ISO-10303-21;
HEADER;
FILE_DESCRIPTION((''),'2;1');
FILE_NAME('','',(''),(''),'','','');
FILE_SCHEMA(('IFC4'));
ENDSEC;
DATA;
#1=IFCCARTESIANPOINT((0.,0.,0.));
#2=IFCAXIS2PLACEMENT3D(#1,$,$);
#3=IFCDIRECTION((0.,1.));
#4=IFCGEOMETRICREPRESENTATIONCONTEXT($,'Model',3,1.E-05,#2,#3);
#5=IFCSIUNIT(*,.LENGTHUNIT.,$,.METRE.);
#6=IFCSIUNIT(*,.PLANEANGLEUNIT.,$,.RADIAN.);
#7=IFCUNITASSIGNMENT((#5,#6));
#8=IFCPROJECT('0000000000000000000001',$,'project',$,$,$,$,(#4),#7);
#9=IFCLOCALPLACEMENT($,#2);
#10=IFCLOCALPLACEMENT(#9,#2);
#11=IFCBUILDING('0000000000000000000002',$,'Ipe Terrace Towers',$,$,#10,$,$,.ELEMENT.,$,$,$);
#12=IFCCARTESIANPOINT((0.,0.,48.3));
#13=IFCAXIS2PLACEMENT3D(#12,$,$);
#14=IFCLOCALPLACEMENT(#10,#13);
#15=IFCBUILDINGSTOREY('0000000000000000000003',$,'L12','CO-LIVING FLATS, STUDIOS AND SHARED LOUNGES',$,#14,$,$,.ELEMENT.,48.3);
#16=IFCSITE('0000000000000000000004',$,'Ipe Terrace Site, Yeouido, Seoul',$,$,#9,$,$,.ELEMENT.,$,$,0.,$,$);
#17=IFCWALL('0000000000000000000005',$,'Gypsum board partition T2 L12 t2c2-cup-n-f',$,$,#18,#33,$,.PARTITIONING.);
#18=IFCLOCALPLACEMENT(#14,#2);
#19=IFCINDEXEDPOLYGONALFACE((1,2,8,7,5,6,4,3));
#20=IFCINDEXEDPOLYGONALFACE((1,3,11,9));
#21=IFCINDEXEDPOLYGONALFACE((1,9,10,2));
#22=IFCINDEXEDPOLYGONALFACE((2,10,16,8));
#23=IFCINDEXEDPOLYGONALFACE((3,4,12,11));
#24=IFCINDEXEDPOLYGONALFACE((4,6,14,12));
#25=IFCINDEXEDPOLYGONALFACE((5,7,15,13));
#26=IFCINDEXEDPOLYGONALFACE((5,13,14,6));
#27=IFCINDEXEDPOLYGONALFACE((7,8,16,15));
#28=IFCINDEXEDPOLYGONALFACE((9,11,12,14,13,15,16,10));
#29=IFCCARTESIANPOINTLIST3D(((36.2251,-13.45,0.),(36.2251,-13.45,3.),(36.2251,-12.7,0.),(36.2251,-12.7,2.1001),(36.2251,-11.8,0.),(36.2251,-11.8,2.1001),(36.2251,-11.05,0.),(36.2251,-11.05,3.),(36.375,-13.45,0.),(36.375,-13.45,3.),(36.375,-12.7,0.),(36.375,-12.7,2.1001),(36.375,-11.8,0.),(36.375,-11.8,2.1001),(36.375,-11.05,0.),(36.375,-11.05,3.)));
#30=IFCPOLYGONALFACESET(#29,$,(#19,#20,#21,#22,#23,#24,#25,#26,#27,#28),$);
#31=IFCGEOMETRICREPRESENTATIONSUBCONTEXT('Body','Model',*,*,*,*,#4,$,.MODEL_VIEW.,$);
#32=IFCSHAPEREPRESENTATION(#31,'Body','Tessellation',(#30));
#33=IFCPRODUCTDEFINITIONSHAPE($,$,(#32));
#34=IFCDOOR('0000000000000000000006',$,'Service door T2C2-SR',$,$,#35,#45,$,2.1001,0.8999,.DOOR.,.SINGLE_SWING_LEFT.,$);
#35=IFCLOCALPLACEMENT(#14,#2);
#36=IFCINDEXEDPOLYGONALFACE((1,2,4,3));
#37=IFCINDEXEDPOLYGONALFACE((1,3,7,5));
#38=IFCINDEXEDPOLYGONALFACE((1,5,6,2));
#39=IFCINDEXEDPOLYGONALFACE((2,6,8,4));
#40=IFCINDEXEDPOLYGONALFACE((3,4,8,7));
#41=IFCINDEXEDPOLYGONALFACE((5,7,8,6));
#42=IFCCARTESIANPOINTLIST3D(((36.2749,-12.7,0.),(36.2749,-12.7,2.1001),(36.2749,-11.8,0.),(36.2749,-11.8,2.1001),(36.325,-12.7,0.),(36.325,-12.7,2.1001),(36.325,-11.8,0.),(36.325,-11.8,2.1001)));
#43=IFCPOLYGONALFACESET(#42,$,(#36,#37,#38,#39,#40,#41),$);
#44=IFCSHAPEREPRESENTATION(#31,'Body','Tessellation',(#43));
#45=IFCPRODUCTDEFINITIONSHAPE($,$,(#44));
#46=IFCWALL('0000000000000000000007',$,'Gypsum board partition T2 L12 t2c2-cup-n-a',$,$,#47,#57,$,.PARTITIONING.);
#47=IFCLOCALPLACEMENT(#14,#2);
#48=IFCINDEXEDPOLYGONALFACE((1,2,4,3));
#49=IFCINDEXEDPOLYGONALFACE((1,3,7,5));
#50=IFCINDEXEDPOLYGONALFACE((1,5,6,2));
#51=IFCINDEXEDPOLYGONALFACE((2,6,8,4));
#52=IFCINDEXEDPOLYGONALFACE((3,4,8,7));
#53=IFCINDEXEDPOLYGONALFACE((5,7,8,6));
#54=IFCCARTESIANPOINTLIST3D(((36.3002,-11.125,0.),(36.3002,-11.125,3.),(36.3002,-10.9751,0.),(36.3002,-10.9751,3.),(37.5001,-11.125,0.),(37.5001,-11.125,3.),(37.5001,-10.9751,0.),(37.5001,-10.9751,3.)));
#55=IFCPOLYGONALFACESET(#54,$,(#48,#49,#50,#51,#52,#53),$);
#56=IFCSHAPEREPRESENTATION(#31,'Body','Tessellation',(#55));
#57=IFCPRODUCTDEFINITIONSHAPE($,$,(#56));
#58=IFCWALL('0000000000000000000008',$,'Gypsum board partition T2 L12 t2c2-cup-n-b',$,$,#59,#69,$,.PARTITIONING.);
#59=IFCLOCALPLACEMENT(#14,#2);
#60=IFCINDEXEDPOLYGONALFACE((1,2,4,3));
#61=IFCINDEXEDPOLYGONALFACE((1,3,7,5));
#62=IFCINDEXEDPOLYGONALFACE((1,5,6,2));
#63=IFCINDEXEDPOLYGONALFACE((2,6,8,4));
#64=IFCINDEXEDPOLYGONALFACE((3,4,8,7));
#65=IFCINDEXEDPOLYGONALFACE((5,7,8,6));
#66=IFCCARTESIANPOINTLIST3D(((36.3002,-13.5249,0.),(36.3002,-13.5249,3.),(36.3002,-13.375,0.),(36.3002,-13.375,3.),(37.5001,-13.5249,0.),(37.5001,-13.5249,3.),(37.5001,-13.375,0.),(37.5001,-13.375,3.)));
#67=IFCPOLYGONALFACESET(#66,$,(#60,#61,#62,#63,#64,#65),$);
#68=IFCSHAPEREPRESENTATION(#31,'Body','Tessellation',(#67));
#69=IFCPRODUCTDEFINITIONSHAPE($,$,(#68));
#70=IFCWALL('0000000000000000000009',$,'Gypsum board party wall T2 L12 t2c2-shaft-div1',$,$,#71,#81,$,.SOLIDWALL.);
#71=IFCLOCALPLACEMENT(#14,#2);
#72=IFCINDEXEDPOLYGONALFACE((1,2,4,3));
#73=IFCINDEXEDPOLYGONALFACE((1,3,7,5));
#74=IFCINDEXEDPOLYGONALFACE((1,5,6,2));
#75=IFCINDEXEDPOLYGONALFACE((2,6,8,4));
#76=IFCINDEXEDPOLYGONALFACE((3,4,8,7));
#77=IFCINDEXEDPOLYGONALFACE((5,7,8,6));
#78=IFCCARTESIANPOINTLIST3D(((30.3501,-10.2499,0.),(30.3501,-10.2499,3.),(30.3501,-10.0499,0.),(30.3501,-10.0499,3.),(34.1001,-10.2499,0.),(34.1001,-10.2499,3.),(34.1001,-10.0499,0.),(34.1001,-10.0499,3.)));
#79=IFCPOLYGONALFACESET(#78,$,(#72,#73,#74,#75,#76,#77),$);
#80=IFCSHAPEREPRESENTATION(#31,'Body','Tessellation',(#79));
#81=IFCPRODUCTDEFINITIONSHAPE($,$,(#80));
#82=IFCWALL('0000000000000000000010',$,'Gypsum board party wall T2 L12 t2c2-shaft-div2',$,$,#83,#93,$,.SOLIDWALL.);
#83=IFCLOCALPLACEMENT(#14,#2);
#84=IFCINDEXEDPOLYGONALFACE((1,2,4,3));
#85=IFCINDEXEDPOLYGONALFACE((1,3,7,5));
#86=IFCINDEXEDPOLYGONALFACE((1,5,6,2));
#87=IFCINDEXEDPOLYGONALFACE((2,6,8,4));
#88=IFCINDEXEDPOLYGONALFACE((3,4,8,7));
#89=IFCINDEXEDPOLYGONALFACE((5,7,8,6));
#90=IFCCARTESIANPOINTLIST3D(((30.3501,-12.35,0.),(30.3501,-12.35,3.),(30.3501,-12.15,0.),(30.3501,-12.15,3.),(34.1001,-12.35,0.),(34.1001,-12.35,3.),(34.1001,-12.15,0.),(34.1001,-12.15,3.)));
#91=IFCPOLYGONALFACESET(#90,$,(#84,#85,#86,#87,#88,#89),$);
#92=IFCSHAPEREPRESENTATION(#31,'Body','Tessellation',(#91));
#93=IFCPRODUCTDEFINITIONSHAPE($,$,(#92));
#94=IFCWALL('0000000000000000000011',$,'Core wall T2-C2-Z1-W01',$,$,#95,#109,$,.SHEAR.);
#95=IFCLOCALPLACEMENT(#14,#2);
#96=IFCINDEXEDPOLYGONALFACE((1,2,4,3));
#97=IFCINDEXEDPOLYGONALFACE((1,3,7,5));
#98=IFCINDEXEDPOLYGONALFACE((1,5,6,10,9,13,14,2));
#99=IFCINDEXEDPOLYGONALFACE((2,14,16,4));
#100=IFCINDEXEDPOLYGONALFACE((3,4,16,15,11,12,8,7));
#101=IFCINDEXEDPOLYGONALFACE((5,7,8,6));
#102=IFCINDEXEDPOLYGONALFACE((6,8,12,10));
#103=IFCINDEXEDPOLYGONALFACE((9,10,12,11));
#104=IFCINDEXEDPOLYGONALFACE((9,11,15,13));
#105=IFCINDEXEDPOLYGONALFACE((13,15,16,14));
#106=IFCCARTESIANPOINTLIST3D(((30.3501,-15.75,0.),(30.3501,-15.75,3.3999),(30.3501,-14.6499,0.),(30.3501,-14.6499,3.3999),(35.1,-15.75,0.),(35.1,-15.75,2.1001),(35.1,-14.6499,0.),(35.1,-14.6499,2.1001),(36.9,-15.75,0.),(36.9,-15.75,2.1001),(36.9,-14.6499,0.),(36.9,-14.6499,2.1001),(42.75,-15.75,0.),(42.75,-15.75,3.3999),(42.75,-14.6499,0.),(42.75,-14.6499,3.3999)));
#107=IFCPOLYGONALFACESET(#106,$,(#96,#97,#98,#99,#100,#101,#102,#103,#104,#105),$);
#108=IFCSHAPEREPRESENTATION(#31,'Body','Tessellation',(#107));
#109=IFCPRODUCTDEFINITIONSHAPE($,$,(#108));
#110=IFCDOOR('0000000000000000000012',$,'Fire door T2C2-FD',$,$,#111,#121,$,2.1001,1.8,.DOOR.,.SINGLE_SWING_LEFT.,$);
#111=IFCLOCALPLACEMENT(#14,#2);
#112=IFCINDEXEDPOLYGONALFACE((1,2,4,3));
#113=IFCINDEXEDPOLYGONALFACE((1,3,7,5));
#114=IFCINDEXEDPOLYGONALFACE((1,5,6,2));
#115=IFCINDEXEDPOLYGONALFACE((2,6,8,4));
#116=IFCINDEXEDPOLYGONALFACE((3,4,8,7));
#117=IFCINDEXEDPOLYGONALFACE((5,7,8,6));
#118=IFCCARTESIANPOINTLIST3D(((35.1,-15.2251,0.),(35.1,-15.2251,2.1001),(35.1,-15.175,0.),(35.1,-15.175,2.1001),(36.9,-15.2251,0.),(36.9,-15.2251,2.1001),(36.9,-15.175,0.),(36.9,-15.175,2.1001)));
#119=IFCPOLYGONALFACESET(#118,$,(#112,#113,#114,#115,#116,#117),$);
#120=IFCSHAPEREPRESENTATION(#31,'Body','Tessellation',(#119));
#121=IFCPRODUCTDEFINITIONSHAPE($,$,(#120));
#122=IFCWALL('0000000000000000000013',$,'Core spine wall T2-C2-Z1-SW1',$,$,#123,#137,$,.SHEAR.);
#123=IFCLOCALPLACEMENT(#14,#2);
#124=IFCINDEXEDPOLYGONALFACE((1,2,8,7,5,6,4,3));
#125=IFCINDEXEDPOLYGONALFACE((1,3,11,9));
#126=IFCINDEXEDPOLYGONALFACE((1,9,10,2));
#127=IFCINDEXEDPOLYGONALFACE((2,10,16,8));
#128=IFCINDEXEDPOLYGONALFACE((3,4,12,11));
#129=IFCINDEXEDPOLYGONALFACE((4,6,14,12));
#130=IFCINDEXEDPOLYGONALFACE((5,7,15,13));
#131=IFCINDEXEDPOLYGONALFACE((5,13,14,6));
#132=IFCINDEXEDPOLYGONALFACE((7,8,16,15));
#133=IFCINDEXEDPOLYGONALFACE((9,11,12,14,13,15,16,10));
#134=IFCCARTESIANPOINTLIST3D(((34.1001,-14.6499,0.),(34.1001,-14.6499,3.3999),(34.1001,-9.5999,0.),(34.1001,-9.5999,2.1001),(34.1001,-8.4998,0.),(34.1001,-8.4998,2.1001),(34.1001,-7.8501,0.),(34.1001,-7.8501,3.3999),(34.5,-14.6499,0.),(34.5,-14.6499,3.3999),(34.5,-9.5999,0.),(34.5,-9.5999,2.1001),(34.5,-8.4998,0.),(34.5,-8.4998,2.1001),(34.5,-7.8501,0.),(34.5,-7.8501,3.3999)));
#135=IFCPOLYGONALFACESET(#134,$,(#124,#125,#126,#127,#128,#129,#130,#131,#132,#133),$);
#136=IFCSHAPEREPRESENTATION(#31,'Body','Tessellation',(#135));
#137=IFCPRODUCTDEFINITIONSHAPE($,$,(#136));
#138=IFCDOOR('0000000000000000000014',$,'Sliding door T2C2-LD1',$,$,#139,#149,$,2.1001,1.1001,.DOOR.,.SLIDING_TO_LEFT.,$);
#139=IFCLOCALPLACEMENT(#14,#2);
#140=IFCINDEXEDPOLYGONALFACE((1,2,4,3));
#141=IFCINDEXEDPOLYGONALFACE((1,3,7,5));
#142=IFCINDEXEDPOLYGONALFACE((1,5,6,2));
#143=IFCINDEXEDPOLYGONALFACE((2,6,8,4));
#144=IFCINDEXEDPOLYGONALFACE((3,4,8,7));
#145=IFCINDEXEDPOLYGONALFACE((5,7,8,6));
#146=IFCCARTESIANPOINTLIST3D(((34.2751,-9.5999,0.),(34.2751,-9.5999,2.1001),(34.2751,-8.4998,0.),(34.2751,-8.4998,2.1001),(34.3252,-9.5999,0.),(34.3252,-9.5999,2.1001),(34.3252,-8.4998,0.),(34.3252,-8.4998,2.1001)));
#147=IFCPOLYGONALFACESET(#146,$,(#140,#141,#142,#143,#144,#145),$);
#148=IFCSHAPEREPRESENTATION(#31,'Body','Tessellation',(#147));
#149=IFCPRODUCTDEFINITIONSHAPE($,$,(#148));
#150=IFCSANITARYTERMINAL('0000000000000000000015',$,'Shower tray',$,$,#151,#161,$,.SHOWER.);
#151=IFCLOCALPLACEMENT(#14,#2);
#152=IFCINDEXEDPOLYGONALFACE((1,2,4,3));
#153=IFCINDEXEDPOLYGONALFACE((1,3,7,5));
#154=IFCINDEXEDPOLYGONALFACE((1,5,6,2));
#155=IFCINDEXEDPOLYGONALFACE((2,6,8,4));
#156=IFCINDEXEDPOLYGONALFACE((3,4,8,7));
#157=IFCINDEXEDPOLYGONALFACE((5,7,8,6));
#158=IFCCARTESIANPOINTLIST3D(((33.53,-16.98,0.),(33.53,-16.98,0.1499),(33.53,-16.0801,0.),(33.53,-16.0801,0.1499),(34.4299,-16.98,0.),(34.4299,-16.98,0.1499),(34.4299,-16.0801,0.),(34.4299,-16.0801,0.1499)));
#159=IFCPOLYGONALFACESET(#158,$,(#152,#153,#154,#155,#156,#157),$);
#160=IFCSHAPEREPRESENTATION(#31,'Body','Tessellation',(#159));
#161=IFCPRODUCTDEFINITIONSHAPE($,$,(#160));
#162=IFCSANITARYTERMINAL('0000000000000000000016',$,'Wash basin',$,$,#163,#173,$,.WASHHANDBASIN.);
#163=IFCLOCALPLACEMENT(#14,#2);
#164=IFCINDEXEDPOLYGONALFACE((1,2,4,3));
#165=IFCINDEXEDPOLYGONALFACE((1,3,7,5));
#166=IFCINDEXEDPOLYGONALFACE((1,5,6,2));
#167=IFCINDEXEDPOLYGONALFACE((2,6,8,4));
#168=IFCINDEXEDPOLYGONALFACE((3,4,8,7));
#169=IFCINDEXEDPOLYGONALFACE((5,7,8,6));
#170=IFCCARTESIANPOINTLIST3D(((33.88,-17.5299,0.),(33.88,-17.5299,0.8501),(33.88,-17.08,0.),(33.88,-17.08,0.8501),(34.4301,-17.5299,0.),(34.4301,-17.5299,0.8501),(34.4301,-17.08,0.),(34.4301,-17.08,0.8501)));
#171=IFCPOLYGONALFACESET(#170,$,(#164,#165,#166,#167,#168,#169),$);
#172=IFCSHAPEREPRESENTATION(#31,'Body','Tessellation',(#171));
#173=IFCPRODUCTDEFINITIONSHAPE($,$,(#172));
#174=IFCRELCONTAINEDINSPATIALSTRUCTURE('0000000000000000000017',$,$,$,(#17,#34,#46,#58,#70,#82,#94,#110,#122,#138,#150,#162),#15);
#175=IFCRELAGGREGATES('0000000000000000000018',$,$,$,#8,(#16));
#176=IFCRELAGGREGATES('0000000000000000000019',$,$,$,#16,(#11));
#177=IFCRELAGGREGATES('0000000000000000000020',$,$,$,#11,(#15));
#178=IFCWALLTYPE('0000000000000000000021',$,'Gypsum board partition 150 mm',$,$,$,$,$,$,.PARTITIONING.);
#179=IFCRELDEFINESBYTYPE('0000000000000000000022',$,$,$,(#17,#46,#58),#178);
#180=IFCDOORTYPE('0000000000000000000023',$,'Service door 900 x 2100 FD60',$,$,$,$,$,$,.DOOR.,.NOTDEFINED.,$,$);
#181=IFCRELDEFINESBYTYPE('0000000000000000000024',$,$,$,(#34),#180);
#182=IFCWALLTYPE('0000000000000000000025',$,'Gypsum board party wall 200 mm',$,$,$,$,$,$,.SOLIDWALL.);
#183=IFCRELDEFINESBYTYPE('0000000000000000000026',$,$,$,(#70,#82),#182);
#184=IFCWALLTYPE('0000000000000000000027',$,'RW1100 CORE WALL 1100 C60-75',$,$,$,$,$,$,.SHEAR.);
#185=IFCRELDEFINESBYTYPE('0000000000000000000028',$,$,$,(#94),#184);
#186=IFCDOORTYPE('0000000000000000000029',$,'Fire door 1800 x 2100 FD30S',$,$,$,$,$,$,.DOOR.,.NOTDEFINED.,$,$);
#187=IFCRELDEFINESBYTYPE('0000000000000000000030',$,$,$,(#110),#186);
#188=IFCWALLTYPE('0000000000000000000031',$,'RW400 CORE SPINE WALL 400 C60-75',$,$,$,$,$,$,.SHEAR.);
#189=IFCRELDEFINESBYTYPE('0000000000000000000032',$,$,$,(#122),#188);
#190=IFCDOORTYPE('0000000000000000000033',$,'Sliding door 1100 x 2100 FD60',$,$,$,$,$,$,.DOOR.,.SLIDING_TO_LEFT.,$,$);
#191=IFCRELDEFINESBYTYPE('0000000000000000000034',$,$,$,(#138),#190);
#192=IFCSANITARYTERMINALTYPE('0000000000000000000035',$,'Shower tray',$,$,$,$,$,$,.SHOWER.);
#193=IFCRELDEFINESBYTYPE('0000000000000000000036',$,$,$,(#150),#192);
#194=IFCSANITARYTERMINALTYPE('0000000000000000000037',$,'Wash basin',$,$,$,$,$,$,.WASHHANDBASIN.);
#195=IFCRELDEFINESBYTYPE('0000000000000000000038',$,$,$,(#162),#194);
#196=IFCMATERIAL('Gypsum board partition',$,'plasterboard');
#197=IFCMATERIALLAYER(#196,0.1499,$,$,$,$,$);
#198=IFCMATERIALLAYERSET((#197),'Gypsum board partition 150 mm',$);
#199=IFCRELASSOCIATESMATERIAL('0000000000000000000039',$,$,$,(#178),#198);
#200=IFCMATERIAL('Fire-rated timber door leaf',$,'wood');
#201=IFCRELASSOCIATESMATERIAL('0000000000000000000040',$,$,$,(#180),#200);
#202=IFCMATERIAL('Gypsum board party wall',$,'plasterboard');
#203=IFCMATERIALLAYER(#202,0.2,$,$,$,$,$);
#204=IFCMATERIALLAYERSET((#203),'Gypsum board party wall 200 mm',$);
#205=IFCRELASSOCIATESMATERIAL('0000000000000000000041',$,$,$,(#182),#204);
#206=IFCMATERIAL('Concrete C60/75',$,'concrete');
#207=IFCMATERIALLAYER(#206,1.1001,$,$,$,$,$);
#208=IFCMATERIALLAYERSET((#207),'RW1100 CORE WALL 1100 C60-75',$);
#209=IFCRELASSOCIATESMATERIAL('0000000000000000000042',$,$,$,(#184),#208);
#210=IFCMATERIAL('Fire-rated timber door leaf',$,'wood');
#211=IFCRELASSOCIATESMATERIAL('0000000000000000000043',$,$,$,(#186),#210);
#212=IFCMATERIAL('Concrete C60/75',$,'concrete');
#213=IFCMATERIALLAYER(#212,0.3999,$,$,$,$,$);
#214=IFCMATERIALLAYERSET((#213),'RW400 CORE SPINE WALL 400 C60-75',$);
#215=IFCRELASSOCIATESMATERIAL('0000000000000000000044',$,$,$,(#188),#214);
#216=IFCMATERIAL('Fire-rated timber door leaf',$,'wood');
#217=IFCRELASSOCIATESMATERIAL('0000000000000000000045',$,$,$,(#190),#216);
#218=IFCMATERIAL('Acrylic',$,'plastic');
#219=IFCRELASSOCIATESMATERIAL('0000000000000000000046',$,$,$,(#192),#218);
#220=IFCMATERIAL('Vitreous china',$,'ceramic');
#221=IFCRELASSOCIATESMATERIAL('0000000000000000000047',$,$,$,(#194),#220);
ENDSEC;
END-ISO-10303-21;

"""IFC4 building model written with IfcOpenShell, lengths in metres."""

from ifc_helpers import new_model, si_unit, direction, frame, frame_2d, origin, origin_2d, place, context, subcontext, project, spatial, rectangle, extrude, material, layer, layer_set, type_object, element, fill, save


model = new_model("IFC4")

# Units and contexts
model_context = context("Model", 3, precision=1e-05, world=origin(), true_north=direction((0.0, 1.0)))
body_context = subcontext(model_context, "Body", "Model", "MODEL_VIEW")
ifc_project = project(units=[si_unit("LENGTHUNIT", "METRE"), si_unit("PLANEANGLEUNIT", "RADIAN")], contexts=[model_context])

# Site, building, storey
site_placement = place(None, origin())
site = spatial("IfcSite", under=ifc_project, at=site_placement, Name="Ipe Terrace Site, Yeouido, Seoul", CompositionType="ELEMENT", RefElevation=0.0)
building_placement = place(site_placement, origin())
building = spatial("IfcBuilding", under=site, at=building_placement, Name="Ipe Terrace Towers", CompositionType="ELEMENT")
storey_placement = place(building_placement, frame((0.0, 0.0, 48.3)))
storey = spatial("IfcBuildingStorey", under=building, at=storey_placement, Name="L12", Description="CO-LIVING FLATS, STUDIOS AND SHARED LOUNGES", CompositionType="ELEMENT", Elevation=48.3)

# Wall, opening, door
ifc_material_1 = material(Name="Gypsum board partition", Category="plasterboard")
ifc_layer_1 = layer(ifc_material_1, 0.1499)
ifc_layer_set_1 = layer_set([ifc_layer_1], Name="Gypsum board partition 150 mm")
wall_type_1 = type_object("IfcWallType", Name="Gypsum board partition 150 mm", PredefinedType="PARTITIONING", material=ifc_layer_set_1)
wall_1_placement = place(storey_placement, frame((36.3, -11.05, 0.0), z_axis=(0.0, 0.0, 1.0), x_axis=(0.0, -1.0, 0.0)))
wall_1 = element("IfcWall", 1, at=wall_1_placement, inside=storey, type_object=wall_type_1, Name="Gypsum board partition T2 L12 t2c2-cup-n-f", PredefinedType="PARTITIONING", context=body_context, shape_type="SweptSolid", body=[
    extrude(rectangle(XDim=2.3999, YDim=0.1499, at=frame_2d((1.2, 0.0))), origin(), (0.0, 0.0, 1.0), 3.0),
])
opening_1_placement = place(wall_1_placement, frame((0.75, 0.0, 0.0)))
opening_1 = element("IfcOpeningElement", 2, at=opening_1_placement, cuts=wall_1, PredefinedType="OPENING", context=body_context, shape_type="SweptSolid", body=[
    extrude(rectangle(XDim=0.8999, YDim=2.1001, at=frame_2d((0.45, 1.05))), frame((0.0, 0.085, 0.0), z_axis=(0.0, -1.0, 0.0), x_axis=(1.0, 0.0, 0.0)), (0.0, 0.0, 1.0), 0.1699),
])
ifc_material_2 = material(Name="Fire-rated timber door leaf", Category="wood")
door_type_1 = type_object("IfcDoorType", Name="Service door 900 x 2100 FD60", OperationType="NOTDEFINED", PredefinedType="DOOR", material=ifc_material_2)
door_1_placement = place(opening_1_placement, origin())
door_1 = element("IfcDoor", 3, at=door_1_placement, inside=storey, type_object=door_type_1, Name="Service door T2C2-SR", OperationType="SINGLE_SWING_LEFT", OverallHeight=2.1001, OverallWidth=0.8999, PredefinedType="DOOR", context=body_context, shape_type="SweptSolid", body=[
    extrude(rectangle(XDim=0.8999, YDim=2.1001, at=frame_2d((0.45, 1.05))), frame((0.0, 0.0249, 0.0), z_axis=(0.0, -1.0, 0.0), x_axis=(1.0, 0.0, 0.0)), (0.0, 0.0, 1.0), 0.05),
])
fill(opening_1, door_1)

# Walls
for number, where, z_axis, x_axis, name in (
    (4, (36.3, -11.05, 0.0), (0.0, 0.0, 1.0), (1.0, 0.0, 0.0), "Gypsum board partition T2 L12 t2c2-cup-n-a"),
    (5, (36.3, -13.45, 0.0), (0.0, 0.0, 1.0), (1.0, 0.0, 0.0), "Gypsum board partition T2 L12 t2c2-cup-n-b"),
):
    element("IfcWall", number, at=place(storey_placement, frame(where, z_axis=z_axis, x_axis=x_axis)), inside=storey, type_object=wall_type_1, Name=name, PredefinedType="PARTITIONING", context=body_context, shape_type="SweptSolid", body=[
        extrude(rectangle(XDim=1.2, YDim=0.1499, at=frame_2d((0.6001, 0.0))), origin(), (0.0, 0.0, 1.0), 3.0),
    ])
ifc_material_3 = material(Name="Gypsum board party wall", Category="plasterboard")
ifc_layer_2 = layer(ifc_material_3, 0.2)
ifc_layer_set_2 = layer_set([ifc_layer_2], Name="Gypsum board party wall 200 mm")
wall_type_2 = type_object("IfcWallType", Name="Gypsum board party wall 200 mm", PredefinedType="SOLIDWALL", material=ifc_layer_set_2)
for number, where, z_axis, x_axis, name in (
    (6, (30.3501, -10.1499, 0.0), (0.0, 0.0, 1.0), (1.0, 0.0, 0.0), "Gypsum board party wall T2 L12 t2c2-shaft-div1"),
    (7, (30.3501, -12.25, 0.0), (0.0, 0.0, 1.0), (1.0, 0.0, 0.0), "Gypsum board party wall T2 L12 t2c2-shaft-div2"),
):
    element("IfcWall", number, at=place(storey_placement, frame(where, z_axis=z_axis, x_axis=x_axis)), inside=storey, type_object=wall_type_2, Name=name, PredefinedType="SOLIDWALL", context=body_context, shape_type="SweptSolid", body=[
        extrude(rectangle(XDim=3.75, YDim=0.2, at=frame_2d((1.875, 0.0))), origin(), (0.0, 0.0, 1.0), 3.0),
    ])

# Walls, openings, doors
ifc_material_4 = material(Name="Concrete C60/75", Category="concrete")
ifc_layer_3 = layer(ifc_material_4, 1.1001)
ifc_layer_set_3 = layer_set([ifc_layer_3], Name="RW1100 CORE WALL 1100 C60-75")
wall_type_3 = type_object("IfcWallType", Name="RW1100 CORE WALL 1100 C60-75", PredefinedType="SHEAR", material=ifc_layer_set_3)
wall_2_placement = place(storey_placement, frame((30.3501, -15.2, 0.0), z_axis=(0.0, 0.0, 1.0), x_axis=(1.0, 0.0, 0.0)))
wall_2 = element("IfcWall", 8, at=wall_2_placement, inside=storey, type_object=wall_type_3, Name="Core wall T2-C2-Z1-W01", PredefinedType="SHEAR", context=body_context, shape_type="SweptSolid", body=[
    extrude(rectangle(XDim=12.3999, YDim=1.1001, at=frame_2d((6.2, 0.0))), origin(), (0.0, 0.0, 1.0), 3.3999),
])
opening_2_placement = place(wall_2_placement, frame((4.75, 0.0, 0.0)))
opening_2 = element("IfcOpeningElement", 9, at=opening_2_placement, cuts=wall_2, PredefinedType="OPENING", context=body_context, shape_type="SweptSolid", body=[
    extrude(rectangle(XDim=1.8, YDim=2.1001, at=frame_2d((0.8999, 1.05))), frame((0.0, 0.5601, 0.0), z_axis=(0.0, -1.0, 0.0), x_axis=(1.0, 0.0, 0.0)), (0.0, 0.0, 1.0), 1.1201),
])
ifc_material_5 = material(Name="Fire-rated timber door leaf", Category="wood")
door_type_2 = type_object("IfcDoorType", Name="Fire door 1800 x 2100 FD30S", OperationType="NOTDEFINED", PredefinedType="DOOR", material=ifc_material_5)
door_2_placement = place(opening_2_placement, origin())
door_2 = element("IfcDoor", 10, at=door_2_placement, inside=storey, type_object=door_type_2, Name="Fire door T2C2-FD", OperationType="SINGLE_SWING_LEFT", OverallHeight=2.1001, OverallWidth=1.8, PredefinedType="DOOR", context=body_context, shape_type="SweptSolid", body=[
    extrude(rectangle(XDim=1.8, YDim=2.1001, at=frame_2d((0.8999, 1.05))), frame((0.0, 0.0249, 0.0), z_axis=(0.0, -1.0, 0.0), x_axis=(1.0, 0.0, 0.0)), (0.0, 0.0, 1.0), 0.05),
])
fill(opening_2, door_2)
ifc_material_6 = material(Name="Concrete C60/75", Category="concrete")
ifc_layer_4 = layer(ifc_material_6, 0.3999)
ifc_layer_set_4 = layer_set([ifc_layer_4], Name="RW400 CORE SPINE WALL 400 C60-75")
wall_type_4 = type_object("IfcWallType", Name="RW400 CORE SPINE WALL 400 C60-75", PredefinedType="SHEAR", material=ifc_layer_set_4)
wall_3_placement = place(storey_placement, frame((34.3, -14.6499, 0.0), z_axis=(0.0, 0.0, 1.0), x_axis=(0.0, 1.0, 0.0)))
wall_3 = element("IfcWall", 11, at=wall_3_placement, inside=storey, type_object=wall_type_4, Name="Core spine wall T2-C2-Z1-SW1", PredefinedType="SHEAR", context=body_context, shape_type="SweptSolid", body=[
    extrude(rectangle(XDim=6.7998, YDim=0.3999, at=frame_2d((3.3999, 0.0))), origin(), (0.0, 0.0, 1.0), 3.3999),
])
opening_3_placement = place(wall_3_placement, frame((5.05, 0.0, 0.0)))
opening_3 = element("IfcOpeningElement", 12, at=opening_3_placement, cuts=wall_3, PredefinedType="OPENING", context=body_context, shape_type="SweptSolid", body=[
    extrude(rectangle(XDim=1.1001, YDim=2.1001, at=frame_2d((0.55, 1.05))), frame((0.0, 0.21, 0.0), z_axis=(0.0, -1.0, 0.0), x_axis=(1.0, 0.0, 0.0)), (0.0, 0.0, 1.0), 0.4199),
])
ifc_material_7 = material(Name="Fire-rated timber door leaf", Category="wood")
door_type_3 = type_object("IfcDoorType", Name="Sliding door 1100 x 2100 FD60", OperationType="SLIDING_TO_LEFT", PredefinedType="DOOR", material=ifc_material_7)
door_3_placement = place(opening_3_placement, origin())
door_3 = element("IfcDoor", 13, at=door_3_placement, inside=storey, type_object=door_type_3, Name="Sliding door T2C2-LD1", OperationType="SLIDING_TO_LEFT", OverallHeight=2.1001, OverallWidth=1.1001, PredefinedType="DOOR", context=body_context, shape_type="SweptSolid", body=[
    extrude(rectangle(XDim=1.1001, YDim=2.1001, at=frame_2d((0.55, 1.05))), frame((0.0, 0.0249, 0.0), z_axis=(0.0, -1.0, 0.0), x_axis=(1.0, 0.0, 0.0)), (0.0, 0.0, 1.0), 0.05),
])
fill(opening_3, door_3)

# Sanitary terminals
ifc_material_8 = material(Name="Acrylic", Category="plastic")
sanitary_terminal_type_1 = type_object("IfcSanitaryTerminalType", Name="Shower tray", PredefinedType="SHOWER", material=ifc_material_8)
sanitary_terminal_1_placement = place(storey_placement, frame((33.98, -16.53, 0.0), z_axis=(0.0, 0.0, 1.0), x_axis=(-1.0, 0.0, 0.0)))
element("IfcSanitaryTerminal", 14, at=sanitary_terminal_1_placement, inside=storey, type_object=sanitary_terminal_type_1, Name="Shower tray", PredefinedType="SHOWER", context=body_context, shape_type="SweptSolid", body=[
    extrude(rectangle(XDim=0.8999, YDim=0.8999, at=origin_2d()), origin(), (0.0, 0.0, 1.0), 0.1499),
])
ifc_material_9 = material(Name="Vitreous china", Category="ceramic")
sanitary_terminal_type_2 = type_object("IfcSanitaryTerminalType", Name="Wash basin", PredefinedType="WASHHANDBASIN", material=ifc_material_9)
sanitary_terminal_2_placement = place(storey_placement, frame((34.155, -17.3049, 0.0), z_axis=(0.0, 0.0, 1.0), x_axis=(-1.0, 0.0, 0.0)))
element("IfcSanitaryTerminal", 15, at=sanitary_terminal_2_placement, inside=storey, type_object=sanitary_terminal_type_2, Name="Wash basin", PredefinedType="WASHHANDBASIN", context=body_context, shape_type="SweptSolid", body=[
    extrude(rectangle(XDim=0.55, YDim=0.45, at=origin_2d()), origin(), (0.0, 0.0, 1.0), 0.8501),
])

save(model, "model.ifc")
